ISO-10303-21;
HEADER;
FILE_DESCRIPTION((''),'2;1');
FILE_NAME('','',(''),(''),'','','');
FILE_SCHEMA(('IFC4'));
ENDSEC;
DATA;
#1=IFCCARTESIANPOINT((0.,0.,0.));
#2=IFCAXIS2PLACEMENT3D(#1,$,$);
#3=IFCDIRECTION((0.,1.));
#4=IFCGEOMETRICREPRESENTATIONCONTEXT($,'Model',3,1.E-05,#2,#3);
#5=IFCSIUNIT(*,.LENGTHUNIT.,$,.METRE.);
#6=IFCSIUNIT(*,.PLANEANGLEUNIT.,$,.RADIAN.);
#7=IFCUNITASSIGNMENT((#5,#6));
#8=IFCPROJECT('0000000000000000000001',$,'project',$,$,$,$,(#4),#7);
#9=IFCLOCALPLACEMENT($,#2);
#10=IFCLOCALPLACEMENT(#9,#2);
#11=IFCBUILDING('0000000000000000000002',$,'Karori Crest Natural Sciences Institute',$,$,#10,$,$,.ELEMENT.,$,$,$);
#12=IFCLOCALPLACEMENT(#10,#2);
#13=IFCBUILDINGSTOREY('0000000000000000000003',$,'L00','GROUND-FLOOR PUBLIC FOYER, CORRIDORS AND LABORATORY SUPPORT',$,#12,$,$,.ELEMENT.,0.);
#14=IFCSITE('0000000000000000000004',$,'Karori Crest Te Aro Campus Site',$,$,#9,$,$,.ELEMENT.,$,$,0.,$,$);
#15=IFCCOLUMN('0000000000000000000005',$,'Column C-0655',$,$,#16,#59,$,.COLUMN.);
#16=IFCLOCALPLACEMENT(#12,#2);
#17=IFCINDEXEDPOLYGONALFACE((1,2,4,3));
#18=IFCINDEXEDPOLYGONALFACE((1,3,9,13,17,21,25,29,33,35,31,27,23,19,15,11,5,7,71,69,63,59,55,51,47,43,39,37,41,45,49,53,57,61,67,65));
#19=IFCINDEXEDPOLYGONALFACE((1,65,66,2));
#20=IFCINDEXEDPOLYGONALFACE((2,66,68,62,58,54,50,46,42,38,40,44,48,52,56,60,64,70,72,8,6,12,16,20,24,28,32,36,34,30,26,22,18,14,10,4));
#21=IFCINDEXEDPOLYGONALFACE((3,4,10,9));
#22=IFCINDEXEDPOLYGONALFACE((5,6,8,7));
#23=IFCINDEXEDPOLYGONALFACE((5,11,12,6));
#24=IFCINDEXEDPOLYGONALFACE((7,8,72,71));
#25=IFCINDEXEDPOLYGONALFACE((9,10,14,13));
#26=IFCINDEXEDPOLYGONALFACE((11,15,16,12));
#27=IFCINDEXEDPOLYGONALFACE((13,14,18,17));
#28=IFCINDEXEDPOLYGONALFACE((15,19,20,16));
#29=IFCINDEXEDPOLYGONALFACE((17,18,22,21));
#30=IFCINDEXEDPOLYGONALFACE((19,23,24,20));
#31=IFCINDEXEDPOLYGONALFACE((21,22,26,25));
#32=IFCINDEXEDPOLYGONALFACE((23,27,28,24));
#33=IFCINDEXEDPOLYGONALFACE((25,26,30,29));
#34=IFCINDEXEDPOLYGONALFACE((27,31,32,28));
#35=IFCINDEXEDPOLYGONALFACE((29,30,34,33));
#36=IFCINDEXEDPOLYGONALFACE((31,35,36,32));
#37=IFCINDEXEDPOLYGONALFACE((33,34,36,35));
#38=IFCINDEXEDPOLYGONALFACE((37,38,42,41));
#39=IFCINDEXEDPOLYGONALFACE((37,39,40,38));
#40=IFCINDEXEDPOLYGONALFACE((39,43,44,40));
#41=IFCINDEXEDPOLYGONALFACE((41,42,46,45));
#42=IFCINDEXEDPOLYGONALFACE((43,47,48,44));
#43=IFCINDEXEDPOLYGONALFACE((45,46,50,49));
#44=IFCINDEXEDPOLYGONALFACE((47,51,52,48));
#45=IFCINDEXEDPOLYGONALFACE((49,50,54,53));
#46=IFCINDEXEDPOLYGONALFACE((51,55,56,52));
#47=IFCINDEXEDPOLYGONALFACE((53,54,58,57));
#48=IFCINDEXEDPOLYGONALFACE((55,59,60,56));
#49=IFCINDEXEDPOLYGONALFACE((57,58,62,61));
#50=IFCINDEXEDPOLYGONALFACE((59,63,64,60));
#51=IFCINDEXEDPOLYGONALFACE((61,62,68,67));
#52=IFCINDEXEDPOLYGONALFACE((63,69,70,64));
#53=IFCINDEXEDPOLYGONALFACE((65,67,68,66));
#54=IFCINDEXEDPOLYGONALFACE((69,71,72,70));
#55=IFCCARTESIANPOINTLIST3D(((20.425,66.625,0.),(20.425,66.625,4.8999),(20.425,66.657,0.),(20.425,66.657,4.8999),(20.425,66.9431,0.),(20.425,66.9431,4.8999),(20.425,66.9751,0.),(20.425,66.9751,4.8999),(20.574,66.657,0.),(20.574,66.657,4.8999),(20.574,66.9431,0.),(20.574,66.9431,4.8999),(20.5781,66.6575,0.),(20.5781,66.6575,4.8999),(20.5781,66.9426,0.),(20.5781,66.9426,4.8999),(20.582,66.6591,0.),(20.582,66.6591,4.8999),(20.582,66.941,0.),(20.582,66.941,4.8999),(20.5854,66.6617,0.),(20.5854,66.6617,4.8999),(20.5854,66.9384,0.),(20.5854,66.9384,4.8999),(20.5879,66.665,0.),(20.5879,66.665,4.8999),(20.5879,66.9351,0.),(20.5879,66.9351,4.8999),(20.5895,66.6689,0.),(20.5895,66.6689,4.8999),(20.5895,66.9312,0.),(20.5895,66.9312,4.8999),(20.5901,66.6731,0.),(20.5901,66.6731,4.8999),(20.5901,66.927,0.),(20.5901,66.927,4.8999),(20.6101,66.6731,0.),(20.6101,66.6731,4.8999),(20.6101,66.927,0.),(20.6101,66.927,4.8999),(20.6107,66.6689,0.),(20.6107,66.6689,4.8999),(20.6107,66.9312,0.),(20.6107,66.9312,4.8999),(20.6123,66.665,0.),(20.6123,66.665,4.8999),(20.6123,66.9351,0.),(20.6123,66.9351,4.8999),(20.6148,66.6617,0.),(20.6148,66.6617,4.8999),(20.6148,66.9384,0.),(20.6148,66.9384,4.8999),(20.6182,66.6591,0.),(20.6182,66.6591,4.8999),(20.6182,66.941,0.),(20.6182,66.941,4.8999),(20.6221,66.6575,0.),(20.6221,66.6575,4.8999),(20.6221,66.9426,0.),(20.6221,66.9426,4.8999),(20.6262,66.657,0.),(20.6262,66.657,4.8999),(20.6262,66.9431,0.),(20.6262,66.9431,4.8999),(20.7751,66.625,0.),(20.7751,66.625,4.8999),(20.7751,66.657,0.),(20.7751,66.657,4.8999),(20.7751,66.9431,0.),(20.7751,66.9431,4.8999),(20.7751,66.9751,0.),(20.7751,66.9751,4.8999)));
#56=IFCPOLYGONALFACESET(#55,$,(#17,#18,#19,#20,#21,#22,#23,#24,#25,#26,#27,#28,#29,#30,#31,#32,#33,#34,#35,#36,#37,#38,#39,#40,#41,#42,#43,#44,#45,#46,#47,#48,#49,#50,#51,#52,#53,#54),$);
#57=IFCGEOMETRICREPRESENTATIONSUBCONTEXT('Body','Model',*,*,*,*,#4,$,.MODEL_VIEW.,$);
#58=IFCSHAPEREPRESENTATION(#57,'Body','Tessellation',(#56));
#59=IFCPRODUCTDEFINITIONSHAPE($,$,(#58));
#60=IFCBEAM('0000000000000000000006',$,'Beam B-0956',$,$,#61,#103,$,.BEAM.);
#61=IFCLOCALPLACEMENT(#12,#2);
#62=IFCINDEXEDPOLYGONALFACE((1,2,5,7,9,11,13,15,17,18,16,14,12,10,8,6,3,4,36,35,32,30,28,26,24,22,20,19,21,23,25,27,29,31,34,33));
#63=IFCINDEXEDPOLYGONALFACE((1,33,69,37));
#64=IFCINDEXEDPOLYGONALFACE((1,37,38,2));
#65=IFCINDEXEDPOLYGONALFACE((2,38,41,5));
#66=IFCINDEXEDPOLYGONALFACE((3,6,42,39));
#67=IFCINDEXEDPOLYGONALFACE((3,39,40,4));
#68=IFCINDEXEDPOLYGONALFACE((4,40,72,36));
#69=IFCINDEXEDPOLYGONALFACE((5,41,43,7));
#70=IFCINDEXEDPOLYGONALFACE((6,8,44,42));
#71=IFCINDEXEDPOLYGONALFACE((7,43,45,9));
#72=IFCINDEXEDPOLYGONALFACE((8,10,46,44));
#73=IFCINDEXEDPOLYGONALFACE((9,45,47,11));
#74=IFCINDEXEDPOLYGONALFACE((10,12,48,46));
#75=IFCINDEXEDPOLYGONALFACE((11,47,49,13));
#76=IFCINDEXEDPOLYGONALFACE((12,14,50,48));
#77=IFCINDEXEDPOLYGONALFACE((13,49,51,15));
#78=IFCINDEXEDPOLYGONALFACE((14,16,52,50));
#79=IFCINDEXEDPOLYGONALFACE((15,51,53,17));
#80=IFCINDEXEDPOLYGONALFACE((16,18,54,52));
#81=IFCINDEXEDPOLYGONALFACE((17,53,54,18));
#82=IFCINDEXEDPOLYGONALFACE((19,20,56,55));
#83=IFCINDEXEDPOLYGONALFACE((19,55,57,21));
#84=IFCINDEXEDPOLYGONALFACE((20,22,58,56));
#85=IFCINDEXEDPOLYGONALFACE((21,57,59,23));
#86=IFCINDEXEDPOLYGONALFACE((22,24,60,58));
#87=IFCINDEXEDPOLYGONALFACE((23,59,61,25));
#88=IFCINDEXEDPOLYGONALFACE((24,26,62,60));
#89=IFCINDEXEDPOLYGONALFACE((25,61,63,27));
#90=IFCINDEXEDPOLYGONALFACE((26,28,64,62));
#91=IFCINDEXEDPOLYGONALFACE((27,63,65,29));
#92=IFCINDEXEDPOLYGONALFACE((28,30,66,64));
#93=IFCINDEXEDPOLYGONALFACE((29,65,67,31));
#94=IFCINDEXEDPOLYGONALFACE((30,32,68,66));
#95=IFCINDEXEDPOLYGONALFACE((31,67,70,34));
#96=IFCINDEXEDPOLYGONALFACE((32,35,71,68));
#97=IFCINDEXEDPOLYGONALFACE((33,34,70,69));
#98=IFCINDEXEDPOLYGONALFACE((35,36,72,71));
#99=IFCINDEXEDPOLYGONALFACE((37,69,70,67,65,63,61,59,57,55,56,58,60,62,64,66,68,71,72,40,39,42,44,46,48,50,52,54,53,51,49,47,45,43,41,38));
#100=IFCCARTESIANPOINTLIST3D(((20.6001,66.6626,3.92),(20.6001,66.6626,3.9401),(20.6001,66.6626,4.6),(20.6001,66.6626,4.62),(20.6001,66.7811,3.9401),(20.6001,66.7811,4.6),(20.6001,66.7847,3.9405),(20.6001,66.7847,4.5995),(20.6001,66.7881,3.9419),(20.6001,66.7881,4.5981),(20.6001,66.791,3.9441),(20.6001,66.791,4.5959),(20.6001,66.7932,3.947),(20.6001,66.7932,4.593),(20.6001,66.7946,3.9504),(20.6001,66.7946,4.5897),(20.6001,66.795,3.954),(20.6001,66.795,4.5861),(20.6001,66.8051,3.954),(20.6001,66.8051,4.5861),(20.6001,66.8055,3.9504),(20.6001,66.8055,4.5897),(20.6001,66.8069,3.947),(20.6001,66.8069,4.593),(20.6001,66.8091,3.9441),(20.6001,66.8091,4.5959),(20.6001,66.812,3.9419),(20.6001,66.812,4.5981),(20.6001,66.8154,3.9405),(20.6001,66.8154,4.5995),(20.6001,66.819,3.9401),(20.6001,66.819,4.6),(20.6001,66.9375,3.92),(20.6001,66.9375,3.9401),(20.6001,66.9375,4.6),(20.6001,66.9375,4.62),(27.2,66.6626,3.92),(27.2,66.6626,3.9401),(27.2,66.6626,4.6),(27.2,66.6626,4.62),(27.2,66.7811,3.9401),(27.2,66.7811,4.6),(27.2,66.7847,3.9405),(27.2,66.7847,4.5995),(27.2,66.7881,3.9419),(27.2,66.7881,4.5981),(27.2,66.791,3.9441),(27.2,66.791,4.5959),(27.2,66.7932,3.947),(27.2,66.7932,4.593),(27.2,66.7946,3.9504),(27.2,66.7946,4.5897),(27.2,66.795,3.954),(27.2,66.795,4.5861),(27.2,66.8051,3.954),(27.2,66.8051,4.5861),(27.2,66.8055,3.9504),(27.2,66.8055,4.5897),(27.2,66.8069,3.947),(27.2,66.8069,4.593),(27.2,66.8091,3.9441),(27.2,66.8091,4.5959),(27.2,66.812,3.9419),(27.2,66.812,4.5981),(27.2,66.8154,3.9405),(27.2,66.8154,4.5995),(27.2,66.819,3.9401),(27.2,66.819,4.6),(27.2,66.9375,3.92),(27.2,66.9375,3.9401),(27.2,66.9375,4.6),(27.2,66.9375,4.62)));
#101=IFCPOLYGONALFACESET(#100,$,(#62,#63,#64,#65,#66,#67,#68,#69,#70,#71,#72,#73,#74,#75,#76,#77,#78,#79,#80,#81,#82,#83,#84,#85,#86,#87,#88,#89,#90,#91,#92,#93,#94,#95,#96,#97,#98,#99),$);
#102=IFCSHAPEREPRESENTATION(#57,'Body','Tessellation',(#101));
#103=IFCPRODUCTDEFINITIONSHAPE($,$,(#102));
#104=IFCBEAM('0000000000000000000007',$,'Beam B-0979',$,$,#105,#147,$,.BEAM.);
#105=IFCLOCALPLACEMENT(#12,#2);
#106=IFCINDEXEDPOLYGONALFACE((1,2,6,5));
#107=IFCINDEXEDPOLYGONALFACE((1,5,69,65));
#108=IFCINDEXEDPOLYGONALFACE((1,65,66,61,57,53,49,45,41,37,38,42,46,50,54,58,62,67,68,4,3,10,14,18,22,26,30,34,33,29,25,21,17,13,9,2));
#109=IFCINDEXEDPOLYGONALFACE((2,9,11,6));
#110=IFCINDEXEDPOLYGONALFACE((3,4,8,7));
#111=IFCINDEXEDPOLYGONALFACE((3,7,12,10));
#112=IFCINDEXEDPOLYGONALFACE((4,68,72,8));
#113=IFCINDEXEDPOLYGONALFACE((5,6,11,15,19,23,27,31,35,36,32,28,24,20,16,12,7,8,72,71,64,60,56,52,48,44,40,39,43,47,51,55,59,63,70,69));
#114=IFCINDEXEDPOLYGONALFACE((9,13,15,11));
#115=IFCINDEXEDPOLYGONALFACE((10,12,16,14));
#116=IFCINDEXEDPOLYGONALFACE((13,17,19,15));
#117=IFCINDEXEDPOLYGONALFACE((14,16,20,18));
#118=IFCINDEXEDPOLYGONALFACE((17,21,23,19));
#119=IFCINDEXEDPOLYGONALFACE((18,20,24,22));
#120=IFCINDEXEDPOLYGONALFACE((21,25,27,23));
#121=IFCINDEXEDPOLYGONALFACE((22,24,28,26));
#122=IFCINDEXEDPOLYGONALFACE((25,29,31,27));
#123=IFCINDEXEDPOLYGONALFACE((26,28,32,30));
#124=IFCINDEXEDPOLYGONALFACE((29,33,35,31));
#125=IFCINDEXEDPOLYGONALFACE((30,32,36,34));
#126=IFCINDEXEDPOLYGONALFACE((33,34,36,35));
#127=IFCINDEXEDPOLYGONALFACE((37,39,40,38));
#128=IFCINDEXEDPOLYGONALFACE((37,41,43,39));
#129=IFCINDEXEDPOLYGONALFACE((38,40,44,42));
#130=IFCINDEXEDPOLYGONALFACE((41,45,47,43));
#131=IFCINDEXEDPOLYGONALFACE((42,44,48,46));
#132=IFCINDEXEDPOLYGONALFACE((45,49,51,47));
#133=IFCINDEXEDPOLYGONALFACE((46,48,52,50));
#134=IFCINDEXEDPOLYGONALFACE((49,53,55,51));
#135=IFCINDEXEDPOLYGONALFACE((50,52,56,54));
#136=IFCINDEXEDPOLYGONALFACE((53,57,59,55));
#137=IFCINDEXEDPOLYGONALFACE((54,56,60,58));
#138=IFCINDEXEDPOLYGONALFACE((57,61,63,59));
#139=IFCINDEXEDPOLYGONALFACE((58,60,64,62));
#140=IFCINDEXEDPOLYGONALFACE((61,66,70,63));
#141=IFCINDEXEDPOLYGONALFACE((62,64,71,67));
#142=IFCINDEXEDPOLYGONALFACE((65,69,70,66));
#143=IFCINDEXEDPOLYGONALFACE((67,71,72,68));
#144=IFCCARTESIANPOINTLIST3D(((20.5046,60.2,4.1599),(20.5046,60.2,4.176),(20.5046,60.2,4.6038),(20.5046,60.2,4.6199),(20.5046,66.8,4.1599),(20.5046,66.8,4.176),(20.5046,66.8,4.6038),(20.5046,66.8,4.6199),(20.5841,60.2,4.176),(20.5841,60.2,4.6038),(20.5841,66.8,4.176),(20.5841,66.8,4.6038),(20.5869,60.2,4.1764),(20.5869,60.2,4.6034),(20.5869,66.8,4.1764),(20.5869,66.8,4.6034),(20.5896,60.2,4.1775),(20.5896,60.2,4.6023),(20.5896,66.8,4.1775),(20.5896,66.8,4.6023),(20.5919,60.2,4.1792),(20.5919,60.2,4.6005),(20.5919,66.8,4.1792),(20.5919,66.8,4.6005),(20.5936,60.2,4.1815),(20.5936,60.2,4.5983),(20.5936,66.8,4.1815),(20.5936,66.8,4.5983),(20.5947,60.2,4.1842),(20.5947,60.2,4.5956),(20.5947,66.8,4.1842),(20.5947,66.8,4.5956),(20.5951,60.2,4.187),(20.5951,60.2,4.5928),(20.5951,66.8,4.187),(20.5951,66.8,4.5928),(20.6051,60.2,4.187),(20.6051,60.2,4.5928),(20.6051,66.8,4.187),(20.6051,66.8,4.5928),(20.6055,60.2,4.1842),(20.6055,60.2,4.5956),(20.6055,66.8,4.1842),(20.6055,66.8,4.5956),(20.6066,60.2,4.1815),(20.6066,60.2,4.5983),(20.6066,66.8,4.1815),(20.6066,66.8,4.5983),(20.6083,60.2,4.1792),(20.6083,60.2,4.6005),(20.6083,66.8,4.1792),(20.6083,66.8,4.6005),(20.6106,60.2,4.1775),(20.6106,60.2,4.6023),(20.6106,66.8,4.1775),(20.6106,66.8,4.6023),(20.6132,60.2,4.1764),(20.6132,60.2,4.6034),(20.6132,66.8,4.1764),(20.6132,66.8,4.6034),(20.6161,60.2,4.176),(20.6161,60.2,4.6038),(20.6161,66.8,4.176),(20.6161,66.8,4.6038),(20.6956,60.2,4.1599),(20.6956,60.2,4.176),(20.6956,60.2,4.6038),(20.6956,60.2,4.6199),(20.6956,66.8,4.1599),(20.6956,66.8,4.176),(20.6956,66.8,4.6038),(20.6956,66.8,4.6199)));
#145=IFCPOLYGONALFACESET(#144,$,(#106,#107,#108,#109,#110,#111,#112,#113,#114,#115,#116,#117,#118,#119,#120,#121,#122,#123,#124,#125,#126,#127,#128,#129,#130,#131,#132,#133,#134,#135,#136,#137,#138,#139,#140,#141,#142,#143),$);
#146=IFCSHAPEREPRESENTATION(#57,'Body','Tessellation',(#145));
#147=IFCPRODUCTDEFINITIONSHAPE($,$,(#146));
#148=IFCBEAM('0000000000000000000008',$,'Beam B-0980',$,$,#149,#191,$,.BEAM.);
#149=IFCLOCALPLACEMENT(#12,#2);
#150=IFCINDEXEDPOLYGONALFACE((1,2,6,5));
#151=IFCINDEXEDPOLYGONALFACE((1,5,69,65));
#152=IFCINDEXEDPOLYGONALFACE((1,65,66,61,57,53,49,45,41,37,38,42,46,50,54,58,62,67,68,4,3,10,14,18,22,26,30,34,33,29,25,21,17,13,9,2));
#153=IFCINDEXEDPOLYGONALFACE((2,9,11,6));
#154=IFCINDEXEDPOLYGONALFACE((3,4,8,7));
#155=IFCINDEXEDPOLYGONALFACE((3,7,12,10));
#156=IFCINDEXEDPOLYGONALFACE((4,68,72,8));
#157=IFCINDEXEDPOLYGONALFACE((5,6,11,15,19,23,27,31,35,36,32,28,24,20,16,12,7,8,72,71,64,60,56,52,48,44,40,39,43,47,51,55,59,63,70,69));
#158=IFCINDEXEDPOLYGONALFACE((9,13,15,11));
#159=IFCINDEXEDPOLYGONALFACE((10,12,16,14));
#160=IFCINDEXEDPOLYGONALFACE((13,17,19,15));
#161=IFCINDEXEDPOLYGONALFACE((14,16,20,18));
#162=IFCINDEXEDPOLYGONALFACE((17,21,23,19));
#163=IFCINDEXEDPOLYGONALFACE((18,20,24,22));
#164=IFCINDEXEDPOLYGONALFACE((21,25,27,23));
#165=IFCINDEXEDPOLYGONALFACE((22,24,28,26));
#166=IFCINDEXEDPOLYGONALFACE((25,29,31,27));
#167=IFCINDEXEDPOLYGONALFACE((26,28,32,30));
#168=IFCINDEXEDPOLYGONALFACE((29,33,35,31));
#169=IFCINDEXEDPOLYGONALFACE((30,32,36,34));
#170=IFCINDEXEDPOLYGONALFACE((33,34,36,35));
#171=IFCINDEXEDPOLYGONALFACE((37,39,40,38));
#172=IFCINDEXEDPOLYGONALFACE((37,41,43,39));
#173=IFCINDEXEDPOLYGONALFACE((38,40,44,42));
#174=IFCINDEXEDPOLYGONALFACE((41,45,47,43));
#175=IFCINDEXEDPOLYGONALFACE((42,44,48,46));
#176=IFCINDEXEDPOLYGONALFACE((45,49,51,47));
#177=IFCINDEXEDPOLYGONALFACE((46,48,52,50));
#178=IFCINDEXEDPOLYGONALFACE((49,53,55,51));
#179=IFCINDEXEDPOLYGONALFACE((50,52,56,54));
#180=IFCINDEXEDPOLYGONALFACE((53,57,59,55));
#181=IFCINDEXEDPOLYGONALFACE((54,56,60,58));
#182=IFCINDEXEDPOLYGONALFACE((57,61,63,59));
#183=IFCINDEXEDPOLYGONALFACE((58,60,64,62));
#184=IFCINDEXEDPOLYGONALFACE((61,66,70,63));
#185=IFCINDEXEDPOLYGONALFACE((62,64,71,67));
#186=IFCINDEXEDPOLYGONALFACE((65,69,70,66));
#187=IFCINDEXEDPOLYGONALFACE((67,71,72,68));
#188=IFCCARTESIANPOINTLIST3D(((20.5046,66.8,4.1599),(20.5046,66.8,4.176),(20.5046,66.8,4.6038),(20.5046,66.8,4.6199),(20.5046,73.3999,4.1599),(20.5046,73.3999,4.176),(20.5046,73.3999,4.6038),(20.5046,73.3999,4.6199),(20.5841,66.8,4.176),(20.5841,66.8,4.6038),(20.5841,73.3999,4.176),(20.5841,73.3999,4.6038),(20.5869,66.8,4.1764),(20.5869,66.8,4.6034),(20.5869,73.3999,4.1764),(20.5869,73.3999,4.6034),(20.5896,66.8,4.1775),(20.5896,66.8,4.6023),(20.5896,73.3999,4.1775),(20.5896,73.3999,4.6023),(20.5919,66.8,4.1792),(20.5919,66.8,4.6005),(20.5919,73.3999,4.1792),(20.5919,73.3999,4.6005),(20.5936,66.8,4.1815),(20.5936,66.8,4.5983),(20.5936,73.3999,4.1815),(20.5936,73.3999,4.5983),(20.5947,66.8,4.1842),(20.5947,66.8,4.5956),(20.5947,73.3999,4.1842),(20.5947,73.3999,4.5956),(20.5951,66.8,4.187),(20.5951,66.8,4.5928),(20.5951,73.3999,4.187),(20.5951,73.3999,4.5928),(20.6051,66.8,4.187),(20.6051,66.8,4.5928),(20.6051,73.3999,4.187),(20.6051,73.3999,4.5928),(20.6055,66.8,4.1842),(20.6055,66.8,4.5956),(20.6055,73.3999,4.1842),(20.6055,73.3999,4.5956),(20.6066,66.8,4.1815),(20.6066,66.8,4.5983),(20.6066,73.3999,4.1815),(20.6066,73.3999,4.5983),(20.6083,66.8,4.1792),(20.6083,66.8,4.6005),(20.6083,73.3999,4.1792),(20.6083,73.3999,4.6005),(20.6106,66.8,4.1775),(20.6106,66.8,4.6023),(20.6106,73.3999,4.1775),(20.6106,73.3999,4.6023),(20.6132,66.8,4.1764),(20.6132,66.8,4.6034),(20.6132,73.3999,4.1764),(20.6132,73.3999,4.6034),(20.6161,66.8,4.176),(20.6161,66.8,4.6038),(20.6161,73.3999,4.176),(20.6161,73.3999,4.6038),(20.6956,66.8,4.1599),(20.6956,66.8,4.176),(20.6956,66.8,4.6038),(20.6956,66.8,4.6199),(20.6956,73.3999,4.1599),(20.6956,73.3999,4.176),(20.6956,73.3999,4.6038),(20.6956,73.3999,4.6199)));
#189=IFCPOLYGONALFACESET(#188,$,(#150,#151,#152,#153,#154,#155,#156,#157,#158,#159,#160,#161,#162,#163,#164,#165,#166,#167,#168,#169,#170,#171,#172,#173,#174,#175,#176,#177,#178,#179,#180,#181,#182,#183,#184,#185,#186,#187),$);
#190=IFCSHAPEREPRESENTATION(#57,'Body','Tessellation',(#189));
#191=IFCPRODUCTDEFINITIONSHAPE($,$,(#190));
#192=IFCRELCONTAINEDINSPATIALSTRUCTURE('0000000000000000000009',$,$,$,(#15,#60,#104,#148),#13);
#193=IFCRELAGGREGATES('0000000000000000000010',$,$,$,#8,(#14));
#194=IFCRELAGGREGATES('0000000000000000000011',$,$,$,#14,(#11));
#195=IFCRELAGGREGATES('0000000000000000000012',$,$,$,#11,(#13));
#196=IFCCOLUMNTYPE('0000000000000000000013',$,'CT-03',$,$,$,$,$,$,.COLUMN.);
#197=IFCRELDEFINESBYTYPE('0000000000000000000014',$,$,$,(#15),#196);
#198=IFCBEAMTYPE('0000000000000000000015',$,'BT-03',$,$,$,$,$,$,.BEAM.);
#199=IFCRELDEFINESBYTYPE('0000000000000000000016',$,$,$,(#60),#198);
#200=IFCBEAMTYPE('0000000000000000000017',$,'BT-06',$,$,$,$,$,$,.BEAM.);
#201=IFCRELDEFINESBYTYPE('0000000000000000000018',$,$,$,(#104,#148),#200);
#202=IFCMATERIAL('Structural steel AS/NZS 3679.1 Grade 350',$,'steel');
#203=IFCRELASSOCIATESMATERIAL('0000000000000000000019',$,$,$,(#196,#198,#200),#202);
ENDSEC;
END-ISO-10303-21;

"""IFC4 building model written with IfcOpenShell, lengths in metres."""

from ifc_helpers import new_model, si_unit, direction, frame, origin, origin_2d, place, context, subcontext, project, spatial, i_section, extrude, material, material_profile, profile_set, type_object, element, save


model = new_model("IFC4")

# Units and contexts
model_context = context("Model", 3, precision=1e-05, world=origin(), true_north=direction((0.0, 1.0)))
body_context = subcontext(model_context, "Body", "Model", "MODEL_VIEW")
ifc_project = project(units=[si_unit("LENGTHUNIT", "METRE"), si_unit("PLANEANGLEUNIT", "RADIAN")], contexts=[model_context])

# Site, building, storey
site_placement = place(None, origin())
site = spatial("IfcSite", under=ifc_project, at=site_placement, Name="Karori Crest Te Aro Campus Site", CompositionType="ELEMENT", RefElevation=0.0)
building_placement = place(site_placement, origin())
building = spatial("IfcBuilding", under=site, at=building_placement, Name="Karori Crest Natural Sciences Institute", CompositionType="ELEMENT")
storey_placement = place(building_placement, origin())
storey = spatial("IfcBuildingStorey", under=building, at=storey_placement, Name="L00", Description="GROUND-FLOOR PUBLIC FOYER, CORRIDORS AND LABORATORY SUPPORT", CompositionType="ELEMENT", Elevation=0.0)

# Column
ifc_material_1 = material(Name="Structural steel AS/NZS 3679.1 Grade 350", Category="steel")
ifc_material_profile_1 = material_profile(ifc_material_1, i_section(OverallWidth=0.3501, OverallDepth=0.3501, WebThickness=0.02, FlangeThickness=0.032, FilletRadius=0.0161, at=origin_2d()), Name="350WC280")
ifc_profile_set_1 = profile_set([ifc_material_profile_1], Name="Structural steel AS/NZS 3679.1 Grade 350")
column_type = type_object("IfcColumnType", Name="CT-03", PredefinedType="COLUMN", material=ifc_profile_set_1)
column_placement = place(storey_placement, frame((20.6001, 66.8, 0.0), z_axis=(0.0, 0.0, 1.0), x_axis=(1.0, 0.0, 0.0)))
element("IfcColumn", 1, at=column_placement, inside=storey, type_object=column_type, Name="Column C-0655", PredefinedType="COLUMN", context=body_context, shape_type="SweptSolid", body=[
    extrude(i_section(OverallWidth=0.3501, OverallDepth=0.3501, WebThickness=0.02, FlangeThickness=0.032, FilletRadius=0.0161, at=origin_2d()), origin(), (0.0, 0.0, 1.0), 4.8999),
])

# Beams
ifc_material_profile_2 = material_profile(ifc_material_1, i_section(OverallWidth=0.2749, OverallDepth=0.7, WebThickness=0.01, FlangeThickness=0.02, FilletRadius=0.0139, at=origin_2d()), Name="700WB150")
ifc_profile_set_2 = profile_set([ifc_material_profile_2], Name="Structural steel AS/NZS 3679.1 Grade 350")
beam_type_1 = type_object("IfcBeamType", Name="BT-03", PredefinedType="BEAM", material=ifc_profile_set_2)
beam_1_placement = place(storey_placement, frame((20.6001, 66.8, 4.27), z_axis=(1.0, 0.0, 0.0), x_axis=(0.0, 1.0, 0.0)))
element("IfcBeam", 2, at=beam_1_placement, inside=storey, type_object=beam_type_1, Name="Beam B-0956", PredefinedType="BEAM", context=body_context, shape_type="SweptSolid", body=[
    extrude(i_section(OverallWidth=0.2749, OverallDepth=0.7, WebThickness=0.01, FlangeThickness=0.02, FilletRadius=0.0139, at=origin_2d()), origin(), (0.0, 0.0, 1.0), 6.5999),
])
ifc_material_profile_3 = material_profile(ifc_material_1, i_section(OverallWidth=0.1909, OverallDepth=0.46, WebThickness=0.01, FlangeThickness=0.0161, FilletRadius=0.011, at=origin_2d()), Name="460UB82.1")
ifc_profile_set_3 = profile_set([ifc_material_profile_3], Name="Structural steel AS/NZS 3679.1 Grade 350")
beam_type_2 = type_object("IfcBeamType", Name="BT-06", PredefinedType="BEAM", material=ifc_profile_set_3)
beam_2_placement = place(storey_placement, frame((20.6001, 60.2, 4.3899), z_axis=(0.0, 1.0, 0.0), x_axis=(-1.0, 0.0, 0.0)))
element("IfcBeam", 3, at=beam_2_placement, inside=storey, type_object=beam_type_2, Name="Beam B-0979", PredefinedType="BEAM", context=body_context, shape_type="SweptSolid", body=[
    extrude(i_section(OverallWidth=0.1909, OverallDepth=0.46, WebThickness=0.01, FlangeThickness=0.0161, FilletRadius=0.011, at=origin_2d()), origin(), (0.0, 0.0, 1.0), 6.6001),
])
beam_3_placement = place(storey_placement, frame((20.6001, 66.8, 4.3899), z_axis=(0.0, 1.0, 0.0), x_axis=(-1.0, 0.0, 0.0)))
element("IfcBeam", 4, at=beam_3_placement, inside=storey, type_object=beam_type_2, Name="Beam B-0980", PredefinedType="BEAM", context=body_context, shape_type="SweptSolid", body=[
    extrude(i_section(OverallWidth=0.1909, OverallDepth=0.46, WebThickness=0.01, FlangeThickness=0.0161, FilletRadius=0.011, at=origin_2d()), origin(), (0.0, 0.0, 1.0), 6.5999),
])

save(model, "model.ifc")
